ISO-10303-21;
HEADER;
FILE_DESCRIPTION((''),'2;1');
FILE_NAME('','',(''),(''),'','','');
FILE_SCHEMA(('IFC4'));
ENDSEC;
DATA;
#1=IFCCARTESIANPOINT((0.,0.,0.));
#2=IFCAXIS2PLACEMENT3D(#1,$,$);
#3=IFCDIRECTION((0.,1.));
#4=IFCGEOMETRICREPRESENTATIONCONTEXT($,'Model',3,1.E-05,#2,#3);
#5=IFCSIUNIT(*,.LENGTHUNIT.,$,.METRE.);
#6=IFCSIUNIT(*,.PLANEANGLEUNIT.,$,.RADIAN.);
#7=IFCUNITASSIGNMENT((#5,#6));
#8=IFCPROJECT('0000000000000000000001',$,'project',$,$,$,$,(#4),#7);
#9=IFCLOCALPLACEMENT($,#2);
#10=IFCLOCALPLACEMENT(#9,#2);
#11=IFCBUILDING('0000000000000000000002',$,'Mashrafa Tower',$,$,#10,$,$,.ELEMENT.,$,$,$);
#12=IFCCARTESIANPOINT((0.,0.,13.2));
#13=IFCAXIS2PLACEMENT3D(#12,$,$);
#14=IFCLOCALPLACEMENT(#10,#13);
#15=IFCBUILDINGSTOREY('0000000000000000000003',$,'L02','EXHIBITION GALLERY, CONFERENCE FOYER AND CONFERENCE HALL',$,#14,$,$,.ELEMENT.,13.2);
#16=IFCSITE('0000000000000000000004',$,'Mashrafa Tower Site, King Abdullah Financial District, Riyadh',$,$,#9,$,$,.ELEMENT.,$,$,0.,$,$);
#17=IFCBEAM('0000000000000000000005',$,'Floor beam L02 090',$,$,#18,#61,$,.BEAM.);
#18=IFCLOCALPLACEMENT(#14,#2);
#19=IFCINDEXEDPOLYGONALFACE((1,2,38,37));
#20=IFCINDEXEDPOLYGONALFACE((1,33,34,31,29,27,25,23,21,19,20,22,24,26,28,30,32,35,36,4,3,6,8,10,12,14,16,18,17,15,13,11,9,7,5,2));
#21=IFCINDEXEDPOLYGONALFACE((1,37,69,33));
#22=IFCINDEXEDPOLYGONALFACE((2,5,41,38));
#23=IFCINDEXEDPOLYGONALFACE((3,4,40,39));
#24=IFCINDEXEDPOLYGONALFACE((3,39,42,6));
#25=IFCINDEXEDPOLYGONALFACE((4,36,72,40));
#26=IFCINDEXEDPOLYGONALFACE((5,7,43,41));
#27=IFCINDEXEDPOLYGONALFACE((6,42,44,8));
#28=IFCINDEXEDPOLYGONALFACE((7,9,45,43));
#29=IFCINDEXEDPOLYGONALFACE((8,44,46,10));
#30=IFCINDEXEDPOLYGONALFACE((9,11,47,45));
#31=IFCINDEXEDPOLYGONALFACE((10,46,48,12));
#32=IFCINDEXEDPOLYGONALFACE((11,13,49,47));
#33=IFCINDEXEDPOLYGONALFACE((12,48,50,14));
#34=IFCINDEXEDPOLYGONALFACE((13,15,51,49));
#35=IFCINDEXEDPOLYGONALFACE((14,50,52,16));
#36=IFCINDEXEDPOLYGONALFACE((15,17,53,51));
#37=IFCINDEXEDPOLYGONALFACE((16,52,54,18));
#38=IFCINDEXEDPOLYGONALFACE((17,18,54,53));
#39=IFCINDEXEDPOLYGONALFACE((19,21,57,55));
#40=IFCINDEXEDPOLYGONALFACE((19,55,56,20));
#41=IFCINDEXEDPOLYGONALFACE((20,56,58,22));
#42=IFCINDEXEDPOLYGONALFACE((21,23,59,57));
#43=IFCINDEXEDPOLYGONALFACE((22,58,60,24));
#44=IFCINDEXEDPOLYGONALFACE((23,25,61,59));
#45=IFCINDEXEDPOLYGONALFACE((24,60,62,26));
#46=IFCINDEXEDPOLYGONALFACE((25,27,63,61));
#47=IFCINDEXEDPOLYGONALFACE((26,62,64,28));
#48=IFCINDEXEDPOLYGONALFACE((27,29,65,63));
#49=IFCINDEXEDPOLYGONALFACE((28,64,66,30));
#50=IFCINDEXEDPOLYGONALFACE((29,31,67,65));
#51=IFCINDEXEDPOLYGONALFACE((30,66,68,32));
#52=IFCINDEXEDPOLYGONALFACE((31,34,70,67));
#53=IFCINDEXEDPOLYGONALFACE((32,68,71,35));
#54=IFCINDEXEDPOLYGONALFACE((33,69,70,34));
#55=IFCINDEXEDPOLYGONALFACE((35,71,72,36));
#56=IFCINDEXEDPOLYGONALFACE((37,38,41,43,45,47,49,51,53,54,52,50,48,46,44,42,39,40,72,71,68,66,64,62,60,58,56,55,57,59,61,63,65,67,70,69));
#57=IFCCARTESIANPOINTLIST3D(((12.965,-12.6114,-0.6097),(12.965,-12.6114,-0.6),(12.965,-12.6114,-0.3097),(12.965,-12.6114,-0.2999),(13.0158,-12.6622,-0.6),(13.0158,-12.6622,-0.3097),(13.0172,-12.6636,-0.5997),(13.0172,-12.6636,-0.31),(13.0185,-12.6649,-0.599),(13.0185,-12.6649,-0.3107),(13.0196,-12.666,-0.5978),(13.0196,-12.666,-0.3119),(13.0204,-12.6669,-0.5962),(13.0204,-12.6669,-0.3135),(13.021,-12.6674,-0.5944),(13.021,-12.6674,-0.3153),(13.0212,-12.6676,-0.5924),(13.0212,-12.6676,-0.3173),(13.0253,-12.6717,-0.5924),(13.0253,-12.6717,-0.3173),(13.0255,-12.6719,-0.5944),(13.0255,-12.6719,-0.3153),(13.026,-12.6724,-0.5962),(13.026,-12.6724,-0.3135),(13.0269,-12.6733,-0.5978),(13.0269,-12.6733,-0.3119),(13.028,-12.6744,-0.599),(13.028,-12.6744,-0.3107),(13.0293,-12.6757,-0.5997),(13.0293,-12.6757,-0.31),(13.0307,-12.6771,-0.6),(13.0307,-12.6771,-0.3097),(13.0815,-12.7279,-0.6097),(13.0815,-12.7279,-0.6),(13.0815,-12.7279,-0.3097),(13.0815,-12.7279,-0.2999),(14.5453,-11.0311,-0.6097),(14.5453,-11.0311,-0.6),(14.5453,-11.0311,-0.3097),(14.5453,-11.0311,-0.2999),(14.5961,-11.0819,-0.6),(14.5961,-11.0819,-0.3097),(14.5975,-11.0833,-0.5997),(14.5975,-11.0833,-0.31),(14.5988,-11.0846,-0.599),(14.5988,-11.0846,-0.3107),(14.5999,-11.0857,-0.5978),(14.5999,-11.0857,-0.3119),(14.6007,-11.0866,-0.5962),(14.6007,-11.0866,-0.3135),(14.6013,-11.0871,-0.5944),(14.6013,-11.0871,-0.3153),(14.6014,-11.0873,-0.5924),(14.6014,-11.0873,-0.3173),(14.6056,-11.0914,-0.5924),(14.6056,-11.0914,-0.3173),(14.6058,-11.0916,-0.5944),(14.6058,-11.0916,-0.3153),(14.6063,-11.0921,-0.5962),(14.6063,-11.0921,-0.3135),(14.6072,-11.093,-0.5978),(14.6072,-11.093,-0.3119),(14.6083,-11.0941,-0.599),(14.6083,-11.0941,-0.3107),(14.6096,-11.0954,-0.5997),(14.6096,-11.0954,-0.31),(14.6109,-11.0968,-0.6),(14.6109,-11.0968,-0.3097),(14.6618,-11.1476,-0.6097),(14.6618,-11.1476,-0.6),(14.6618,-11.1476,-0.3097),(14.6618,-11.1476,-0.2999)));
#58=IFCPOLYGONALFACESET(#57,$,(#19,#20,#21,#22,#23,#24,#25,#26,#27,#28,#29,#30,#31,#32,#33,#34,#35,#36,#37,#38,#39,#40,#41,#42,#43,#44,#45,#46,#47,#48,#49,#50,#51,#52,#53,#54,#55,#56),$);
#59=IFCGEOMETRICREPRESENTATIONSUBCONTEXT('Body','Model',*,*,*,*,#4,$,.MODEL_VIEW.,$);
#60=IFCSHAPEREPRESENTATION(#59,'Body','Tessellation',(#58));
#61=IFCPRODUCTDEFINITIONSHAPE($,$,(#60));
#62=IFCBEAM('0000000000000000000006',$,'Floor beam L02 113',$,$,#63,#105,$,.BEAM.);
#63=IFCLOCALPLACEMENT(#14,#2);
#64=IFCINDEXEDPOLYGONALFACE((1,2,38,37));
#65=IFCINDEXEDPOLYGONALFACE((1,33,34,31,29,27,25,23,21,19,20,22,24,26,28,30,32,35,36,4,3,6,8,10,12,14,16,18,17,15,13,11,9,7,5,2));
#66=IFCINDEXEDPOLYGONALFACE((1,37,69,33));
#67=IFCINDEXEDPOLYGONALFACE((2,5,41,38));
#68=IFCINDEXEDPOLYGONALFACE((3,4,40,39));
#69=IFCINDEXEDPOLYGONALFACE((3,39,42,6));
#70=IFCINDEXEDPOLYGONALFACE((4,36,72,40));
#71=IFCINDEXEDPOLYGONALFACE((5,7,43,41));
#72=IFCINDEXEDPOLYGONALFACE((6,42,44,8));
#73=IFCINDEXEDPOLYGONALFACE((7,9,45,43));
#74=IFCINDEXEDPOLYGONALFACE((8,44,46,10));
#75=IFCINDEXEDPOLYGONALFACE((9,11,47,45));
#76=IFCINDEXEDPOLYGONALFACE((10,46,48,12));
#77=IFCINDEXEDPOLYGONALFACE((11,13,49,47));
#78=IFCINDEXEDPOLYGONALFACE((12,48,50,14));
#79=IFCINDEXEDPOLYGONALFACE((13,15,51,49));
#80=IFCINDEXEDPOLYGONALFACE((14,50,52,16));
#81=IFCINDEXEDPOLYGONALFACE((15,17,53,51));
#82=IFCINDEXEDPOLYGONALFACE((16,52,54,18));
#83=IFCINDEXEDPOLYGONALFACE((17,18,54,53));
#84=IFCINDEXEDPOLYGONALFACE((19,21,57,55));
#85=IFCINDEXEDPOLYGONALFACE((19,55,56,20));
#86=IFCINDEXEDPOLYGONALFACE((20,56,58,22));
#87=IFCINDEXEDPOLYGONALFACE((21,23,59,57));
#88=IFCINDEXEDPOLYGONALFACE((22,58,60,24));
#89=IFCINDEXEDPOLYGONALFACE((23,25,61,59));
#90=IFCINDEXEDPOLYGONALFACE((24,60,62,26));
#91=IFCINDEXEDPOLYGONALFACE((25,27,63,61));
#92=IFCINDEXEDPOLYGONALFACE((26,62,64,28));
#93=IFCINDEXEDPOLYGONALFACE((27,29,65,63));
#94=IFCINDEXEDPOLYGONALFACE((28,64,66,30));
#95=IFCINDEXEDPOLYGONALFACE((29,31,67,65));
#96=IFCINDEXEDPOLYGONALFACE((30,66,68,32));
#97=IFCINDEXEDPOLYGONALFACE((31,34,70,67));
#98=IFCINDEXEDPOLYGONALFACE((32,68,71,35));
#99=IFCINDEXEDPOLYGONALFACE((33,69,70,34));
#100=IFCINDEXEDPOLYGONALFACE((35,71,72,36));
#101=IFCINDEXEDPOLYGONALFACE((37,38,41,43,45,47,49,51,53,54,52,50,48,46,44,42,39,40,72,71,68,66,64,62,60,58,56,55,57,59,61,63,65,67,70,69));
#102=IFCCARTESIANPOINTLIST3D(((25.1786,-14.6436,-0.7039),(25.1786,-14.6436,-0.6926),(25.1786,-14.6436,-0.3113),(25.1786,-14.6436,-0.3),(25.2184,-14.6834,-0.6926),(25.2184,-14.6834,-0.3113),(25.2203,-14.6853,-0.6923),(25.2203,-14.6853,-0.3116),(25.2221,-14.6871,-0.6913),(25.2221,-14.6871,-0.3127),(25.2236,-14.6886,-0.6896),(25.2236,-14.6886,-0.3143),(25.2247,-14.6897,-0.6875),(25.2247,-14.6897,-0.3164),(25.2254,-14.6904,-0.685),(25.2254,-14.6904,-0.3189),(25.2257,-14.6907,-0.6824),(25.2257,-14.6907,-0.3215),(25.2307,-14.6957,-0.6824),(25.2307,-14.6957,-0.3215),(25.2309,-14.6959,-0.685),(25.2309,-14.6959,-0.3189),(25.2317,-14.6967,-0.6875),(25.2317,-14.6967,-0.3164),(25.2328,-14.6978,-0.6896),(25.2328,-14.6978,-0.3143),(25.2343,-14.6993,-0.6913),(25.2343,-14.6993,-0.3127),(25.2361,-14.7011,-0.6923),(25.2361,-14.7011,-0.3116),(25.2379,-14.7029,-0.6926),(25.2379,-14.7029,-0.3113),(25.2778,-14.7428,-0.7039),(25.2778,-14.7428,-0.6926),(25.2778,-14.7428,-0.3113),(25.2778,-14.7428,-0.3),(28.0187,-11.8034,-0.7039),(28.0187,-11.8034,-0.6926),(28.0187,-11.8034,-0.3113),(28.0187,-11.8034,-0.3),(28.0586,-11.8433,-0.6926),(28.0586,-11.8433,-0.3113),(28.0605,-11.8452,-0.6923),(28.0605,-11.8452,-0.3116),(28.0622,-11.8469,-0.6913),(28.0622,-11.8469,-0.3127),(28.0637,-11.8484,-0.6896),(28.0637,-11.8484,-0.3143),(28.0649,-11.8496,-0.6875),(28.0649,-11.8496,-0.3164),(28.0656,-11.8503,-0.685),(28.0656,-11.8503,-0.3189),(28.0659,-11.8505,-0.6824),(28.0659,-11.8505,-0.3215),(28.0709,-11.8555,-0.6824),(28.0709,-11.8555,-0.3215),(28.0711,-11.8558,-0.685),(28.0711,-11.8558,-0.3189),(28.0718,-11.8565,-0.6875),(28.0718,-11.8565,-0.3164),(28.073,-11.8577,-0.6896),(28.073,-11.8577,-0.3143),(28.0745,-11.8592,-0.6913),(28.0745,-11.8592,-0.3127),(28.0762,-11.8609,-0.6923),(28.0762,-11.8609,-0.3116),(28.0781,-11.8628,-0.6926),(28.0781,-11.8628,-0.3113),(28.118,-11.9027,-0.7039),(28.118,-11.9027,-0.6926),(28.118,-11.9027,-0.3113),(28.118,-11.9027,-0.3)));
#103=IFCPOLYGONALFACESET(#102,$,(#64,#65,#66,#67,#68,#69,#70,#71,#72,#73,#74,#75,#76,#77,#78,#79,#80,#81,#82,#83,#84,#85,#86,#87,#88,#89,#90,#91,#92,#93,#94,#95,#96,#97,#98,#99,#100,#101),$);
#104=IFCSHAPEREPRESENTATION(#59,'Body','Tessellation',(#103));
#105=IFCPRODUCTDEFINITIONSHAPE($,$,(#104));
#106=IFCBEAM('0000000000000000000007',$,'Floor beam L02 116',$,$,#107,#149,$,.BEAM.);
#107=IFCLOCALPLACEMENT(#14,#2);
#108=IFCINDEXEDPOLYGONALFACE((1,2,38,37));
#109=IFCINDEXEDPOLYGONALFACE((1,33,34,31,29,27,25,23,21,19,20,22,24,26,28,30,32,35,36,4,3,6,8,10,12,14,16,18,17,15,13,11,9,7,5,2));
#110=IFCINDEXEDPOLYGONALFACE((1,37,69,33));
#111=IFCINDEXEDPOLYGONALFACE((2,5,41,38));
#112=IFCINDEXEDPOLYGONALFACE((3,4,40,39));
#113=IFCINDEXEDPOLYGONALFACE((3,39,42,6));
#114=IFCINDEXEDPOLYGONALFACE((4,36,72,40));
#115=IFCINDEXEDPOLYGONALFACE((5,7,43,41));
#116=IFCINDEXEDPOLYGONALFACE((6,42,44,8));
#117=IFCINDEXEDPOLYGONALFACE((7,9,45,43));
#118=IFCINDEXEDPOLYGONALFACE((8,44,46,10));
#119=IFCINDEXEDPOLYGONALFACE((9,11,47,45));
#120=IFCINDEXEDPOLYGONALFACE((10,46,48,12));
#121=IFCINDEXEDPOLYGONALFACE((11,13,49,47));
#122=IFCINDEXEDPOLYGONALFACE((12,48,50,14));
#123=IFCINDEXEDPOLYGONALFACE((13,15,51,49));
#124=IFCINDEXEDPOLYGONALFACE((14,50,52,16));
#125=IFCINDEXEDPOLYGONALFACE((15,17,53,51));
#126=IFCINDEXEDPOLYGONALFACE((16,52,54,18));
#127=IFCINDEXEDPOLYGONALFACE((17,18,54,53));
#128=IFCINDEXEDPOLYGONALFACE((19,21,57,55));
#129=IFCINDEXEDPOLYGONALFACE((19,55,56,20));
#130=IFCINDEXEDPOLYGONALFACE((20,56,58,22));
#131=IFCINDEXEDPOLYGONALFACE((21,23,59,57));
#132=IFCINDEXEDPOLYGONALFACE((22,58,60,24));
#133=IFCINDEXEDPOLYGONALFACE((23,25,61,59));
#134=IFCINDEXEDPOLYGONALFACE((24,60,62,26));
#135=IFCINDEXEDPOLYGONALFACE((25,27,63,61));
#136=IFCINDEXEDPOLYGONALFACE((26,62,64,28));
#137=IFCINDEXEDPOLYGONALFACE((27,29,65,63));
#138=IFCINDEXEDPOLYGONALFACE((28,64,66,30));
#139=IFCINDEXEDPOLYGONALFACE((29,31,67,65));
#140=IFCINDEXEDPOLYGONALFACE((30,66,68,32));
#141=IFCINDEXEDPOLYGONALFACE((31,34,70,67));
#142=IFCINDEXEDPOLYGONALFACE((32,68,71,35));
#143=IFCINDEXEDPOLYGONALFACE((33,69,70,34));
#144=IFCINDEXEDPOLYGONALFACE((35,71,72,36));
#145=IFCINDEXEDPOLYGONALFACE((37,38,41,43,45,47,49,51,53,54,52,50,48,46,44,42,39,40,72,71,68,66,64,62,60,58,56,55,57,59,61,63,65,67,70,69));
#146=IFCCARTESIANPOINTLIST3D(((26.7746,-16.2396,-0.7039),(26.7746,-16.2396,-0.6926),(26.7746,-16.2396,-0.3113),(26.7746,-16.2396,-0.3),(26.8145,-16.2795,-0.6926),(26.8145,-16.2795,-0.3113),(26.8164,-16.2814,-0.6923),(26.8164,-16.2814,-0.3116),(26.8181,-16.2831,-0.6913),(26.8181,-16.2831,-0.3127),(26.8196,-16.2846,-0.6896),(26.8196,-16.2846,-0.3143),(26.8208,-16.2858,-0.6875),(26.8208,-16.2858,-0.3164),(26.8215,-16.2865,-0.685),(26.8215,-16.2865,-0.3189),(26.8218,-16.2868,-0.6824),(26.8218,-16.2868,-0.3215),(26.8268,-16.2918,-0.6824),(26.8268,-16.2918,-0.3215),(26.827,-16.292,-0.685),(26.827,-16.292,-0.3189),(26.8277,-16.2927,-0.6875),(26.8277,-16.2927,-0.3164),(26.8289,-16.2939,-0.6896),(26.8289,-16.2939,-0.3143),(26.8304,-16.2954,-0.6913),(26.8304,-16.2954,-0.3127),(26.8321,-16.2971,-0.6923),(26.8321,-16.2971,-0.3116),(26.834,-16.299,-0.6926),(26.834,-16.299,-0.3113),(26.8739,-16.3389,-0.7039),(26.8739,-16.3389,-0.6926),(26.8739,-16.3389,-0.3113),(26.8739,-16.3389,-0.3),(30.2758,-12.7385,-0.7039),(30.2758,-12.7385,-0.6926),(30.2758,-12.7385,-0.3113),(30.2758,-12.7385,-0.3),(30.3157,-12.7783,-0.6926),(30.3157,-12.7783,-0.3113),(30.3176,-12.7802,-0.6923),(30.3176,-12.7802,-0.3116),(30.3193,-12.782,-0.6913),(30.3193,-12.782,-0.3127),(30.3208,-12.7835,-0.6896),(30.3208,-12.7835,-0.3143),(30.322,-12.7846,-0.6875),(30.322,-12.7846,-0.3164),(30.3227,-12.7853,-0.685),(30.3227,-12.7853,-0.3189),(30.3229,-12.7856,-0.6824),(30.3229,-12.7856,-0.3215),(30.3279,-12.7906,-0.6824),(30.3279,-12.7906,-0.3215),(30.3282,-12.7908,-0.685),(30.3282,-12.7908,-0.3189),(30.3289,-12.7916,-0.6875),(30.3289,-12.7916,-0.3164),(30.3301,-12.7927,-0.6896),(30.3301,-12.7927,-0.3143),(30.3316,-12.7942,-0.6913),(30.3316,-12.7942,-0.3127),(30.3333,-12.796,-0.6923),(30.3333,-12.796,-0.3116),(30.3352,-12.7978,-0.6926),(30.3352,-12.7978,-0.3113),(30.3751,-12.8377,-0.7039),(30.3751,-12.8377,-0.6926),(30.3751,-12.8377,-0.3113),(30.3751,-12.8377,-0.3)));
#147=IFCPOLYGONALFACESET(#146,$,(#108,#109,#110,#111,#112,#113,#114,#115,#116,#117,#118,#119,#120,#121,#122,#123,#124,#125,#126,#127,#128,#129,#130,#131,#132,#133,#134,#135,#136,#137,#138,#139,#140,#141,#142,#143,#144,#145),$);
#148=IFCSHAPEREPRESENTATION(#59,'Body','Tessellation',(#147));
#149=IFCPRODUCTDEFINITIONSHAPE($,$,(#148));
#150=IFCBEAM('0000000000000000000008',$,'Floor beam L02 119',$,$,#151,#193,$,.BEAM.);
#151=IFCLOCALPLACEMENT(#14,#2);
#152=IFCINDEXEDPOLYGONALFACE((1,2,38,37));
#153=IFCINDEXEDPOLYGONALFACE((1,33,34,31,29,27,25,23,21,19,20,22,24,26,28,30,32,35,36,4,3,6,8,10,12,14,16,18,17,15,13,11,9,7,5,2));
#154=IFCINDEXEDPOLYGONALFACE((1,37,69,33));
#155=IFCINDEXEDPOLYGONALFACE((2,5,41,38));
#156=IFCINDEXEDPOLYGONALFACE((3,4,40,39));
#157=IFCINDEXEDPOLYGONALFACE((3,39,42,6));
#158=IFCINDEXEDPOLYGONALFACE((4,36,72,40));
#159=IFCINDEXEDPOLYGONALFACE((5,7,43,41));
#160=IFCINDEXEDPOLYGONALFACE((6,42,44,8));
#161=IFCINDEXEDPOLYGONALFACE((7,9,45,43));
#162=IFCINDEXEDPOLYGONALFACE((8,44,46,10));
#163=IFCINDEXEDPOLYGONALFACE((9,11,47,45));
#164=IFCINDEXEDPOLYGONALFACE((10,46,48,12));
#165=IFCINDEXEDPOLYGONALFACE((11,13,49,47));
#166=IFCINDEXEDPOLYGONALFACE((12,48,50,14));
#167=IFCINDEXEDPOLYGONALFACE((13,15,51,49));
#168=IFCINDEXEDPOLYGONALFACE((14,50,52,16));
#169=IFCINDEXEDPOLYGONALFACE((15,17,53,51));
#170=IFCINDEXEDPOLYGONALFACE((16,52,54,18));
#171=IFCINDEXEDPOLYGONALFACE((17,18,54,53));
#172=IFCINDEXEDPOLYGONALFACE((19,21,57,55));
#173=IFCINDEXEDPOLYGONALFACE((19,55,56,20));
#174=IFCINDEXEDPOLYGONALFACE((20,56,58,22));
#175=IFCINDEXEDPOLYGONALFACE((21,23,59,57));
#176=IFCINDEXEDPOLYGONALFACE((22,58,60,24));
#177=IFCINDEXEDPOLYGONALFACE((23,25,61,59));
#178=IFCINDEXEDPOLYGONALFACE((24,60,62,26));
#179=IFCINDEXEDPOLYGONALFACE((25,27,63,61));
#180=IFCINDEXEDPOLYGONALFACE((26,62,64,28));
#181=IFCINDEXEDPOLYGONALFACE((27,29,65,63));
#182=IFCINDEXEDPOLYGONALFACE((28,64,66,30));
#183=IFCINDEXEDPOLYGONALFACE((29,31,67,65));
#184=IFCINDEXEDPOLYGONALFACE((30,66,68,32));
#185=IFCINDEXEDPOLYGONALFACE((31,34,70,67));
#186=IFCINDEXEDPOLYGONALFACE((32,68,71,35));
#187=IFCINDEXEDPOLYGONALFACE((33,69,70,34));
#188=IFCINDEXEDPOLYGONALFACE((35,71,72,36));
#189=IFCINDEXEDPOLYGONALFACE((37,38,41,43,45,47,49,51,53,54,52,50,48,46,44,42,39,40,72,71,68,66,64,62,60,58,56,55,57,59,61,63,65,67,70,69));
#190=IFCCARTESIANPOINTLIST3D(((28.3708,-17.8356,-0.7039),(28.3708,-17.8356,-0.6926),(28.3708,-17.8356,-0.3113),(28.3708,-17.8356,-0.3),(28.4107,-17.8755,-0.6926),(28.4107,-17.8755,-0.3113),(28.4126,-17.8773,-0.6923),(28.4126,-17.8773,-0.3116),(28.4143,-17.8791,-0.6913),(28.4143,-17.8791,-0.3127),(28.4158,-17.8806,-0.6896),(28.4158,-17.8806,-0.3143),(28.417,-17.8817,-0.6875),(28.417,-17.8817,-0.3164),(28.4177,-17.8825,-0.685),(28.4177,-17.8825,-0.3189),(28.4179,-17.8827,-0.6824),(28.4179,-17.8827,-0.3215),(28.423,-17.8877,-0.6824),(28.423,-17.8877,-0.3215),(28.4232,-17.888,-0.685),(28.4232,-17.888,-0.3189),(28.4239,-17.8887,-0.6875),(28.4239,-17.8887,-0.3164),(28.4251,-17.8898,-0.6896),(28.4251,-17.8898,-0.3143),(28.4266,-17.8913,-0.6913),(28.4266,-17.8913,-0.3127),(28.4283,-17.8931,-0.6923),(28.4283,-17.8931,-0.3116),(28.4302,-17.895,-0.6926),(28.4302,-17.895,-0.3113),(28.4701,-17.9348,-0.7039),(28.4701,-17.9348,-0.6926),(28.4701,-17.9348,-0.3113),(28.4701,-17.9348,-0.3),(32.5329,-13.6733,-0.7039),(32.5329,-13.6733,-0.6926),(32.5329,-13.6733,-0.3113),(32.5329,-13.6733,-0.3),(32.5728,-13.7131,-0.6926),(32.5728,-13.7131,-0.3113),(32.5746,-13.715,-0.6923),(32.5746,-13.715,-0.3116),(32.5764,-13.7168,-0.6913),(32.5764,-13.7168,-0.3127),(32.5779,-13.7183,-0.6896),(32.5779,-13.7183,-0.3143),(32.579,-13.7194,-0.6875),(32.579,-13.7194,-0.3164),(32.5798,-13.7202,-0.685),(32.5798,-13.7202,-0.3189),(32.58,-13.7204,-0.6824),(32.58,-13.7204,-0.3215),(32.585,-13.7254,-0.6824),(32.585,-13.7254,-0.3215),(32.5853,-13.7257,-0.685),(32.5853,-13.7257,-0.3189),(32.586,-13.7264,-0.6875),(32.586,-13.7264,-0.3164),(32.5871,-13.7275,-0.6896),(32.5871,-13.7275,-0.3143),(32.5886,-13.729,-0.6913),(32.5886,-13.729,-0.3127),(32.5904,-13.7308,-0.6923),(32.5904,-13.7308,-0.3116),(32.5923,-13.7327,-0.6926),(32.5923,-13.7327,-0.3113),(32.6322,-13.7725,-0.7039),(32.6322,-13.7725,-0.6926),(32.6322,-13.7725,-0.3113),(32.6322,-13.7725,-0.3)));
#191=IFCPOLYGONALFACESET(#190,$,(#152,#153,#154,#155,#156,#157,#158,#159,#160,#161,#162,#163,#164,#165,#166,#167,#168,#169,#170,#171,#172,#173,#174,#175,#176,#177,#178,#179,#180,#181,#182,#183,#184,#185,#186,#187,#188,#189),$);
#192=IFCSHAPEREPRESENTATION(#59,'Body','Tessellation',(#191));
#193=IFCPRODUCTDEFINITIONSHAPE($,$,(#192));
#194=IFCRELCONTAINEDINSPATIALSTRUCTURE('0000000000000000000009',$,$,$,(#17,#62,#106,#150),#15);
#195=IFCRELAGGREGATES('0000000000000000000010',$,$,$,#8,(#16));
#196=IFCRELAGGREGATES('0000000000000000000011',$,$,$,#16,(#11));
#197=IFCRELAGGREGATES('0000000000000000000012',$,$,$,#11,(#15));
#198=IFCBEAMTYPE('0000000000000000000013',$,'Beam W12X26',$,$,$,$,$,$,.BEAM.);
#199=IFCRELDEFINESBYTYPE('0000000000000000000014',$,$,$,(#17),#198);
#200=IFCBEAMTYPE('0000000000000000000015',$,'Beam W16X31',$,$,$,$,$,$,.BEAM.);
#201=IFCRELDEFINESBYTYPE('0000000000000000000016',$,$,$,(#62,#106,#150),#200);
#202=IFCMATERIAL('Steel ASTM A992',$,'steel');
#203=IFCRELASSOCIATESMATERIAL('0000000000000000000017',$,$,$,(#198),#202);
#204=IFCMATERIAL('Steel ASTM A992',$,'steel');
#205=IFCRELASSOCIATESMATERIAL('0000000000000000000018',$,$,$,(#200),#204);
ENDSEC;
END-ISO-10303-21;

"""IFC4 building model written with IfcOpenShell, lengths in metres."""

from ifc_helpers import new_model, si_unit, direction, frame, origin, origin_2d, place, context, subcontext, project, spatial, i_section, extrude, material, material_profile, profile_set, type_object, element, save


model = new_model("IFC4")

# Units and contexts
model_context = context("Model", 3, precision=1e-05, world=origin(), true_north=direction((0.0, 1.0)))
body_context = subcontext(model_context, "Body", "Model", "MODEL_VIEW")
ifc_project = project(units=[si_unit("LENGTHUNIT", "METRE"), si_unit("PLANEANGLEUNIT", "RADIAN")], contexts=[model_context])

# Site, building, storey
site_placement = place(None, origin())
site = spatial("IfcSite", under=ifc_project, at=site_placement, Name="Mashrafa Tower Site, King Abdullah Financial District, Riyadh", CompositionType="ELEMENT", RefElevation=0.0)
building_placement = place(site_placement, origin())
building = spatial("IfcBuilding", under=site, at=building_placement, Name="Mashrafa Tower", CompositionType="ELEMENT")
storey_placement = place(building_placement, frame((0.0, 0.0, 13.2)))
storey = spatial("IfcBuildingStorey", under=building, at=storey_placement, Name="L02", Description="EXHIBITION GALLERY, CONFERENCE FOYER AND CONFERENCE HALL", CompositionType="ELEMENT", Elevation=13.2)

# Beams
ifc_material_1 = material(Name="Steel ASTM A992", Category="steel")
ifc_material_profile_1 = material_profile(ifc_material_1, i_section(OverallWidth=0.1648, OverallDepth=0.3098, WebThickness=0.0059, FlangeThickness=0.0098, FilletRadius=0.0076, at=origin_2d()), Name="W12X26")
ifc_profile_set_1 = profile_set([ifc_material_profile_1], Name="Steel ASTM A992")
beam_type_1 = type_object("IfcBeamType", Name="Beam W12X26", PredefinedType="BEAM", material=ifc_profile_set_1)
for number, where, z_axis, x_axis, name in (
    (1, (14.6035, -11.0894, -0.4548), (-0.707107, -0.707107, 0.0), (0.707107, -0.707107, 0.0), "Floor beam L02 090"),
):
    element("IfcBeam", number, at=place(storey_placement, frame(where, z_axis=z_axis, x_axis=x_axis)), inside=storey, type_object=beam_type_1, Name=name, PredefinedType="BEAM", context=body_context, shape_type="SweptSolid", body=[
        extrude(i_section(OverallWidth=0.1648, OverallDepth=0.3098, WebThickness=0.0059, FlangeThickness=0.0098, FilletRadius=0.0076, at=origin_2d()), origin(), (0.0, 0.0, 1.0), 2.2349),
    ])
ifc_material_2 = material(Name="Steel ASTM A992", Category="steel")
ifc_material_profile_2 = material_profile(ifc_material_2, i_section(OverallWidth=0.1404, OverallDepth=0.4038, WebThickness=0.0071, FlangeThickness=0.0112, FilletRadius=0.0103, at=origin_2d()), Name="W16X31")
ifc_profile_set_2 = profile_set([ifc_material_profile_2], Name="Steel ASTM A992")
beam_type_2 = type_object("IfcBeamType", Name="Beam W16X31", PredefinedType="BEAM", material=ifc_profile_set_2)
beam_1_placement = place(storey_placement, frame((28.0684, -11.853, -0.502), z_axis=(-0.707107, -0.707107, 0.0), x_axis=(0.707107, -0.707107, 0.0)))
element("IfcBeam", 2, at=beam_1_placement, inside=storey, type_object=beam_type_2, Name="Floor beam L02 113", PredefinedType="BEAM", context=body_context, shape_type="SweptSolid", body=[
    extrude(i_section(OverallWidth=0.1404, OverallDepth=0.4038, WebThickness=0.0071, FlangeThickness=0.0112, FilletRadius=0.0103, at=origin_2d()), origin(), (0.0, 0.0, 1.0), 4.0166),
])
beam_2_placement = place(storey_placement, frame((30.3254, -12.7881, -0.502), z_axis=(-0.707107, -0.707107, 0.0), x_axis=(0.707107, -0.707107, 0.0)))
element("IfcBeam", 3, at=beam_2_placement, inside=storey, type_object=beam_type_2, Name="Floor beam L02 116", PredefinedType="BEAM", context=body_context, shape_type="SweptSolid", body=[
    extrude(i_section(OverallWidth=0.1404, OverallDepth=0.4038, WebThickness=0.0071, FlangeThickness=0.0112, FilletRadius=0.0103, at=origin_2d()), origin(), (0.0, 0.0, 1.0), 4.9514),
])
beam_3_placement = place(storey_placement, frame((32.5825, -13.7229, -0.502), z_axis=(-0.707086, -0.707128, 0.0), x_axis=(0.707128, -0.707086, 0.0)))
element("IfcBeam", 4, at=beam_3_placement, inside=storey, type_object=beam_type_2, Name="Floor beam L02 119", PredefinedType="BEAM", context=body_context, shape_type="SweptSolid", body=[
    extrude(i_section(OverallWidth=0.1404, OverallDepth=0.4038, WebThickness=0.0071, FlangeThickness=0.0112, FilletRadius=0.0103, at=origin_2d()), origin(), (0.0, 0.0, 1.0), 5.8862),
])

save(model, "model.ifc")
